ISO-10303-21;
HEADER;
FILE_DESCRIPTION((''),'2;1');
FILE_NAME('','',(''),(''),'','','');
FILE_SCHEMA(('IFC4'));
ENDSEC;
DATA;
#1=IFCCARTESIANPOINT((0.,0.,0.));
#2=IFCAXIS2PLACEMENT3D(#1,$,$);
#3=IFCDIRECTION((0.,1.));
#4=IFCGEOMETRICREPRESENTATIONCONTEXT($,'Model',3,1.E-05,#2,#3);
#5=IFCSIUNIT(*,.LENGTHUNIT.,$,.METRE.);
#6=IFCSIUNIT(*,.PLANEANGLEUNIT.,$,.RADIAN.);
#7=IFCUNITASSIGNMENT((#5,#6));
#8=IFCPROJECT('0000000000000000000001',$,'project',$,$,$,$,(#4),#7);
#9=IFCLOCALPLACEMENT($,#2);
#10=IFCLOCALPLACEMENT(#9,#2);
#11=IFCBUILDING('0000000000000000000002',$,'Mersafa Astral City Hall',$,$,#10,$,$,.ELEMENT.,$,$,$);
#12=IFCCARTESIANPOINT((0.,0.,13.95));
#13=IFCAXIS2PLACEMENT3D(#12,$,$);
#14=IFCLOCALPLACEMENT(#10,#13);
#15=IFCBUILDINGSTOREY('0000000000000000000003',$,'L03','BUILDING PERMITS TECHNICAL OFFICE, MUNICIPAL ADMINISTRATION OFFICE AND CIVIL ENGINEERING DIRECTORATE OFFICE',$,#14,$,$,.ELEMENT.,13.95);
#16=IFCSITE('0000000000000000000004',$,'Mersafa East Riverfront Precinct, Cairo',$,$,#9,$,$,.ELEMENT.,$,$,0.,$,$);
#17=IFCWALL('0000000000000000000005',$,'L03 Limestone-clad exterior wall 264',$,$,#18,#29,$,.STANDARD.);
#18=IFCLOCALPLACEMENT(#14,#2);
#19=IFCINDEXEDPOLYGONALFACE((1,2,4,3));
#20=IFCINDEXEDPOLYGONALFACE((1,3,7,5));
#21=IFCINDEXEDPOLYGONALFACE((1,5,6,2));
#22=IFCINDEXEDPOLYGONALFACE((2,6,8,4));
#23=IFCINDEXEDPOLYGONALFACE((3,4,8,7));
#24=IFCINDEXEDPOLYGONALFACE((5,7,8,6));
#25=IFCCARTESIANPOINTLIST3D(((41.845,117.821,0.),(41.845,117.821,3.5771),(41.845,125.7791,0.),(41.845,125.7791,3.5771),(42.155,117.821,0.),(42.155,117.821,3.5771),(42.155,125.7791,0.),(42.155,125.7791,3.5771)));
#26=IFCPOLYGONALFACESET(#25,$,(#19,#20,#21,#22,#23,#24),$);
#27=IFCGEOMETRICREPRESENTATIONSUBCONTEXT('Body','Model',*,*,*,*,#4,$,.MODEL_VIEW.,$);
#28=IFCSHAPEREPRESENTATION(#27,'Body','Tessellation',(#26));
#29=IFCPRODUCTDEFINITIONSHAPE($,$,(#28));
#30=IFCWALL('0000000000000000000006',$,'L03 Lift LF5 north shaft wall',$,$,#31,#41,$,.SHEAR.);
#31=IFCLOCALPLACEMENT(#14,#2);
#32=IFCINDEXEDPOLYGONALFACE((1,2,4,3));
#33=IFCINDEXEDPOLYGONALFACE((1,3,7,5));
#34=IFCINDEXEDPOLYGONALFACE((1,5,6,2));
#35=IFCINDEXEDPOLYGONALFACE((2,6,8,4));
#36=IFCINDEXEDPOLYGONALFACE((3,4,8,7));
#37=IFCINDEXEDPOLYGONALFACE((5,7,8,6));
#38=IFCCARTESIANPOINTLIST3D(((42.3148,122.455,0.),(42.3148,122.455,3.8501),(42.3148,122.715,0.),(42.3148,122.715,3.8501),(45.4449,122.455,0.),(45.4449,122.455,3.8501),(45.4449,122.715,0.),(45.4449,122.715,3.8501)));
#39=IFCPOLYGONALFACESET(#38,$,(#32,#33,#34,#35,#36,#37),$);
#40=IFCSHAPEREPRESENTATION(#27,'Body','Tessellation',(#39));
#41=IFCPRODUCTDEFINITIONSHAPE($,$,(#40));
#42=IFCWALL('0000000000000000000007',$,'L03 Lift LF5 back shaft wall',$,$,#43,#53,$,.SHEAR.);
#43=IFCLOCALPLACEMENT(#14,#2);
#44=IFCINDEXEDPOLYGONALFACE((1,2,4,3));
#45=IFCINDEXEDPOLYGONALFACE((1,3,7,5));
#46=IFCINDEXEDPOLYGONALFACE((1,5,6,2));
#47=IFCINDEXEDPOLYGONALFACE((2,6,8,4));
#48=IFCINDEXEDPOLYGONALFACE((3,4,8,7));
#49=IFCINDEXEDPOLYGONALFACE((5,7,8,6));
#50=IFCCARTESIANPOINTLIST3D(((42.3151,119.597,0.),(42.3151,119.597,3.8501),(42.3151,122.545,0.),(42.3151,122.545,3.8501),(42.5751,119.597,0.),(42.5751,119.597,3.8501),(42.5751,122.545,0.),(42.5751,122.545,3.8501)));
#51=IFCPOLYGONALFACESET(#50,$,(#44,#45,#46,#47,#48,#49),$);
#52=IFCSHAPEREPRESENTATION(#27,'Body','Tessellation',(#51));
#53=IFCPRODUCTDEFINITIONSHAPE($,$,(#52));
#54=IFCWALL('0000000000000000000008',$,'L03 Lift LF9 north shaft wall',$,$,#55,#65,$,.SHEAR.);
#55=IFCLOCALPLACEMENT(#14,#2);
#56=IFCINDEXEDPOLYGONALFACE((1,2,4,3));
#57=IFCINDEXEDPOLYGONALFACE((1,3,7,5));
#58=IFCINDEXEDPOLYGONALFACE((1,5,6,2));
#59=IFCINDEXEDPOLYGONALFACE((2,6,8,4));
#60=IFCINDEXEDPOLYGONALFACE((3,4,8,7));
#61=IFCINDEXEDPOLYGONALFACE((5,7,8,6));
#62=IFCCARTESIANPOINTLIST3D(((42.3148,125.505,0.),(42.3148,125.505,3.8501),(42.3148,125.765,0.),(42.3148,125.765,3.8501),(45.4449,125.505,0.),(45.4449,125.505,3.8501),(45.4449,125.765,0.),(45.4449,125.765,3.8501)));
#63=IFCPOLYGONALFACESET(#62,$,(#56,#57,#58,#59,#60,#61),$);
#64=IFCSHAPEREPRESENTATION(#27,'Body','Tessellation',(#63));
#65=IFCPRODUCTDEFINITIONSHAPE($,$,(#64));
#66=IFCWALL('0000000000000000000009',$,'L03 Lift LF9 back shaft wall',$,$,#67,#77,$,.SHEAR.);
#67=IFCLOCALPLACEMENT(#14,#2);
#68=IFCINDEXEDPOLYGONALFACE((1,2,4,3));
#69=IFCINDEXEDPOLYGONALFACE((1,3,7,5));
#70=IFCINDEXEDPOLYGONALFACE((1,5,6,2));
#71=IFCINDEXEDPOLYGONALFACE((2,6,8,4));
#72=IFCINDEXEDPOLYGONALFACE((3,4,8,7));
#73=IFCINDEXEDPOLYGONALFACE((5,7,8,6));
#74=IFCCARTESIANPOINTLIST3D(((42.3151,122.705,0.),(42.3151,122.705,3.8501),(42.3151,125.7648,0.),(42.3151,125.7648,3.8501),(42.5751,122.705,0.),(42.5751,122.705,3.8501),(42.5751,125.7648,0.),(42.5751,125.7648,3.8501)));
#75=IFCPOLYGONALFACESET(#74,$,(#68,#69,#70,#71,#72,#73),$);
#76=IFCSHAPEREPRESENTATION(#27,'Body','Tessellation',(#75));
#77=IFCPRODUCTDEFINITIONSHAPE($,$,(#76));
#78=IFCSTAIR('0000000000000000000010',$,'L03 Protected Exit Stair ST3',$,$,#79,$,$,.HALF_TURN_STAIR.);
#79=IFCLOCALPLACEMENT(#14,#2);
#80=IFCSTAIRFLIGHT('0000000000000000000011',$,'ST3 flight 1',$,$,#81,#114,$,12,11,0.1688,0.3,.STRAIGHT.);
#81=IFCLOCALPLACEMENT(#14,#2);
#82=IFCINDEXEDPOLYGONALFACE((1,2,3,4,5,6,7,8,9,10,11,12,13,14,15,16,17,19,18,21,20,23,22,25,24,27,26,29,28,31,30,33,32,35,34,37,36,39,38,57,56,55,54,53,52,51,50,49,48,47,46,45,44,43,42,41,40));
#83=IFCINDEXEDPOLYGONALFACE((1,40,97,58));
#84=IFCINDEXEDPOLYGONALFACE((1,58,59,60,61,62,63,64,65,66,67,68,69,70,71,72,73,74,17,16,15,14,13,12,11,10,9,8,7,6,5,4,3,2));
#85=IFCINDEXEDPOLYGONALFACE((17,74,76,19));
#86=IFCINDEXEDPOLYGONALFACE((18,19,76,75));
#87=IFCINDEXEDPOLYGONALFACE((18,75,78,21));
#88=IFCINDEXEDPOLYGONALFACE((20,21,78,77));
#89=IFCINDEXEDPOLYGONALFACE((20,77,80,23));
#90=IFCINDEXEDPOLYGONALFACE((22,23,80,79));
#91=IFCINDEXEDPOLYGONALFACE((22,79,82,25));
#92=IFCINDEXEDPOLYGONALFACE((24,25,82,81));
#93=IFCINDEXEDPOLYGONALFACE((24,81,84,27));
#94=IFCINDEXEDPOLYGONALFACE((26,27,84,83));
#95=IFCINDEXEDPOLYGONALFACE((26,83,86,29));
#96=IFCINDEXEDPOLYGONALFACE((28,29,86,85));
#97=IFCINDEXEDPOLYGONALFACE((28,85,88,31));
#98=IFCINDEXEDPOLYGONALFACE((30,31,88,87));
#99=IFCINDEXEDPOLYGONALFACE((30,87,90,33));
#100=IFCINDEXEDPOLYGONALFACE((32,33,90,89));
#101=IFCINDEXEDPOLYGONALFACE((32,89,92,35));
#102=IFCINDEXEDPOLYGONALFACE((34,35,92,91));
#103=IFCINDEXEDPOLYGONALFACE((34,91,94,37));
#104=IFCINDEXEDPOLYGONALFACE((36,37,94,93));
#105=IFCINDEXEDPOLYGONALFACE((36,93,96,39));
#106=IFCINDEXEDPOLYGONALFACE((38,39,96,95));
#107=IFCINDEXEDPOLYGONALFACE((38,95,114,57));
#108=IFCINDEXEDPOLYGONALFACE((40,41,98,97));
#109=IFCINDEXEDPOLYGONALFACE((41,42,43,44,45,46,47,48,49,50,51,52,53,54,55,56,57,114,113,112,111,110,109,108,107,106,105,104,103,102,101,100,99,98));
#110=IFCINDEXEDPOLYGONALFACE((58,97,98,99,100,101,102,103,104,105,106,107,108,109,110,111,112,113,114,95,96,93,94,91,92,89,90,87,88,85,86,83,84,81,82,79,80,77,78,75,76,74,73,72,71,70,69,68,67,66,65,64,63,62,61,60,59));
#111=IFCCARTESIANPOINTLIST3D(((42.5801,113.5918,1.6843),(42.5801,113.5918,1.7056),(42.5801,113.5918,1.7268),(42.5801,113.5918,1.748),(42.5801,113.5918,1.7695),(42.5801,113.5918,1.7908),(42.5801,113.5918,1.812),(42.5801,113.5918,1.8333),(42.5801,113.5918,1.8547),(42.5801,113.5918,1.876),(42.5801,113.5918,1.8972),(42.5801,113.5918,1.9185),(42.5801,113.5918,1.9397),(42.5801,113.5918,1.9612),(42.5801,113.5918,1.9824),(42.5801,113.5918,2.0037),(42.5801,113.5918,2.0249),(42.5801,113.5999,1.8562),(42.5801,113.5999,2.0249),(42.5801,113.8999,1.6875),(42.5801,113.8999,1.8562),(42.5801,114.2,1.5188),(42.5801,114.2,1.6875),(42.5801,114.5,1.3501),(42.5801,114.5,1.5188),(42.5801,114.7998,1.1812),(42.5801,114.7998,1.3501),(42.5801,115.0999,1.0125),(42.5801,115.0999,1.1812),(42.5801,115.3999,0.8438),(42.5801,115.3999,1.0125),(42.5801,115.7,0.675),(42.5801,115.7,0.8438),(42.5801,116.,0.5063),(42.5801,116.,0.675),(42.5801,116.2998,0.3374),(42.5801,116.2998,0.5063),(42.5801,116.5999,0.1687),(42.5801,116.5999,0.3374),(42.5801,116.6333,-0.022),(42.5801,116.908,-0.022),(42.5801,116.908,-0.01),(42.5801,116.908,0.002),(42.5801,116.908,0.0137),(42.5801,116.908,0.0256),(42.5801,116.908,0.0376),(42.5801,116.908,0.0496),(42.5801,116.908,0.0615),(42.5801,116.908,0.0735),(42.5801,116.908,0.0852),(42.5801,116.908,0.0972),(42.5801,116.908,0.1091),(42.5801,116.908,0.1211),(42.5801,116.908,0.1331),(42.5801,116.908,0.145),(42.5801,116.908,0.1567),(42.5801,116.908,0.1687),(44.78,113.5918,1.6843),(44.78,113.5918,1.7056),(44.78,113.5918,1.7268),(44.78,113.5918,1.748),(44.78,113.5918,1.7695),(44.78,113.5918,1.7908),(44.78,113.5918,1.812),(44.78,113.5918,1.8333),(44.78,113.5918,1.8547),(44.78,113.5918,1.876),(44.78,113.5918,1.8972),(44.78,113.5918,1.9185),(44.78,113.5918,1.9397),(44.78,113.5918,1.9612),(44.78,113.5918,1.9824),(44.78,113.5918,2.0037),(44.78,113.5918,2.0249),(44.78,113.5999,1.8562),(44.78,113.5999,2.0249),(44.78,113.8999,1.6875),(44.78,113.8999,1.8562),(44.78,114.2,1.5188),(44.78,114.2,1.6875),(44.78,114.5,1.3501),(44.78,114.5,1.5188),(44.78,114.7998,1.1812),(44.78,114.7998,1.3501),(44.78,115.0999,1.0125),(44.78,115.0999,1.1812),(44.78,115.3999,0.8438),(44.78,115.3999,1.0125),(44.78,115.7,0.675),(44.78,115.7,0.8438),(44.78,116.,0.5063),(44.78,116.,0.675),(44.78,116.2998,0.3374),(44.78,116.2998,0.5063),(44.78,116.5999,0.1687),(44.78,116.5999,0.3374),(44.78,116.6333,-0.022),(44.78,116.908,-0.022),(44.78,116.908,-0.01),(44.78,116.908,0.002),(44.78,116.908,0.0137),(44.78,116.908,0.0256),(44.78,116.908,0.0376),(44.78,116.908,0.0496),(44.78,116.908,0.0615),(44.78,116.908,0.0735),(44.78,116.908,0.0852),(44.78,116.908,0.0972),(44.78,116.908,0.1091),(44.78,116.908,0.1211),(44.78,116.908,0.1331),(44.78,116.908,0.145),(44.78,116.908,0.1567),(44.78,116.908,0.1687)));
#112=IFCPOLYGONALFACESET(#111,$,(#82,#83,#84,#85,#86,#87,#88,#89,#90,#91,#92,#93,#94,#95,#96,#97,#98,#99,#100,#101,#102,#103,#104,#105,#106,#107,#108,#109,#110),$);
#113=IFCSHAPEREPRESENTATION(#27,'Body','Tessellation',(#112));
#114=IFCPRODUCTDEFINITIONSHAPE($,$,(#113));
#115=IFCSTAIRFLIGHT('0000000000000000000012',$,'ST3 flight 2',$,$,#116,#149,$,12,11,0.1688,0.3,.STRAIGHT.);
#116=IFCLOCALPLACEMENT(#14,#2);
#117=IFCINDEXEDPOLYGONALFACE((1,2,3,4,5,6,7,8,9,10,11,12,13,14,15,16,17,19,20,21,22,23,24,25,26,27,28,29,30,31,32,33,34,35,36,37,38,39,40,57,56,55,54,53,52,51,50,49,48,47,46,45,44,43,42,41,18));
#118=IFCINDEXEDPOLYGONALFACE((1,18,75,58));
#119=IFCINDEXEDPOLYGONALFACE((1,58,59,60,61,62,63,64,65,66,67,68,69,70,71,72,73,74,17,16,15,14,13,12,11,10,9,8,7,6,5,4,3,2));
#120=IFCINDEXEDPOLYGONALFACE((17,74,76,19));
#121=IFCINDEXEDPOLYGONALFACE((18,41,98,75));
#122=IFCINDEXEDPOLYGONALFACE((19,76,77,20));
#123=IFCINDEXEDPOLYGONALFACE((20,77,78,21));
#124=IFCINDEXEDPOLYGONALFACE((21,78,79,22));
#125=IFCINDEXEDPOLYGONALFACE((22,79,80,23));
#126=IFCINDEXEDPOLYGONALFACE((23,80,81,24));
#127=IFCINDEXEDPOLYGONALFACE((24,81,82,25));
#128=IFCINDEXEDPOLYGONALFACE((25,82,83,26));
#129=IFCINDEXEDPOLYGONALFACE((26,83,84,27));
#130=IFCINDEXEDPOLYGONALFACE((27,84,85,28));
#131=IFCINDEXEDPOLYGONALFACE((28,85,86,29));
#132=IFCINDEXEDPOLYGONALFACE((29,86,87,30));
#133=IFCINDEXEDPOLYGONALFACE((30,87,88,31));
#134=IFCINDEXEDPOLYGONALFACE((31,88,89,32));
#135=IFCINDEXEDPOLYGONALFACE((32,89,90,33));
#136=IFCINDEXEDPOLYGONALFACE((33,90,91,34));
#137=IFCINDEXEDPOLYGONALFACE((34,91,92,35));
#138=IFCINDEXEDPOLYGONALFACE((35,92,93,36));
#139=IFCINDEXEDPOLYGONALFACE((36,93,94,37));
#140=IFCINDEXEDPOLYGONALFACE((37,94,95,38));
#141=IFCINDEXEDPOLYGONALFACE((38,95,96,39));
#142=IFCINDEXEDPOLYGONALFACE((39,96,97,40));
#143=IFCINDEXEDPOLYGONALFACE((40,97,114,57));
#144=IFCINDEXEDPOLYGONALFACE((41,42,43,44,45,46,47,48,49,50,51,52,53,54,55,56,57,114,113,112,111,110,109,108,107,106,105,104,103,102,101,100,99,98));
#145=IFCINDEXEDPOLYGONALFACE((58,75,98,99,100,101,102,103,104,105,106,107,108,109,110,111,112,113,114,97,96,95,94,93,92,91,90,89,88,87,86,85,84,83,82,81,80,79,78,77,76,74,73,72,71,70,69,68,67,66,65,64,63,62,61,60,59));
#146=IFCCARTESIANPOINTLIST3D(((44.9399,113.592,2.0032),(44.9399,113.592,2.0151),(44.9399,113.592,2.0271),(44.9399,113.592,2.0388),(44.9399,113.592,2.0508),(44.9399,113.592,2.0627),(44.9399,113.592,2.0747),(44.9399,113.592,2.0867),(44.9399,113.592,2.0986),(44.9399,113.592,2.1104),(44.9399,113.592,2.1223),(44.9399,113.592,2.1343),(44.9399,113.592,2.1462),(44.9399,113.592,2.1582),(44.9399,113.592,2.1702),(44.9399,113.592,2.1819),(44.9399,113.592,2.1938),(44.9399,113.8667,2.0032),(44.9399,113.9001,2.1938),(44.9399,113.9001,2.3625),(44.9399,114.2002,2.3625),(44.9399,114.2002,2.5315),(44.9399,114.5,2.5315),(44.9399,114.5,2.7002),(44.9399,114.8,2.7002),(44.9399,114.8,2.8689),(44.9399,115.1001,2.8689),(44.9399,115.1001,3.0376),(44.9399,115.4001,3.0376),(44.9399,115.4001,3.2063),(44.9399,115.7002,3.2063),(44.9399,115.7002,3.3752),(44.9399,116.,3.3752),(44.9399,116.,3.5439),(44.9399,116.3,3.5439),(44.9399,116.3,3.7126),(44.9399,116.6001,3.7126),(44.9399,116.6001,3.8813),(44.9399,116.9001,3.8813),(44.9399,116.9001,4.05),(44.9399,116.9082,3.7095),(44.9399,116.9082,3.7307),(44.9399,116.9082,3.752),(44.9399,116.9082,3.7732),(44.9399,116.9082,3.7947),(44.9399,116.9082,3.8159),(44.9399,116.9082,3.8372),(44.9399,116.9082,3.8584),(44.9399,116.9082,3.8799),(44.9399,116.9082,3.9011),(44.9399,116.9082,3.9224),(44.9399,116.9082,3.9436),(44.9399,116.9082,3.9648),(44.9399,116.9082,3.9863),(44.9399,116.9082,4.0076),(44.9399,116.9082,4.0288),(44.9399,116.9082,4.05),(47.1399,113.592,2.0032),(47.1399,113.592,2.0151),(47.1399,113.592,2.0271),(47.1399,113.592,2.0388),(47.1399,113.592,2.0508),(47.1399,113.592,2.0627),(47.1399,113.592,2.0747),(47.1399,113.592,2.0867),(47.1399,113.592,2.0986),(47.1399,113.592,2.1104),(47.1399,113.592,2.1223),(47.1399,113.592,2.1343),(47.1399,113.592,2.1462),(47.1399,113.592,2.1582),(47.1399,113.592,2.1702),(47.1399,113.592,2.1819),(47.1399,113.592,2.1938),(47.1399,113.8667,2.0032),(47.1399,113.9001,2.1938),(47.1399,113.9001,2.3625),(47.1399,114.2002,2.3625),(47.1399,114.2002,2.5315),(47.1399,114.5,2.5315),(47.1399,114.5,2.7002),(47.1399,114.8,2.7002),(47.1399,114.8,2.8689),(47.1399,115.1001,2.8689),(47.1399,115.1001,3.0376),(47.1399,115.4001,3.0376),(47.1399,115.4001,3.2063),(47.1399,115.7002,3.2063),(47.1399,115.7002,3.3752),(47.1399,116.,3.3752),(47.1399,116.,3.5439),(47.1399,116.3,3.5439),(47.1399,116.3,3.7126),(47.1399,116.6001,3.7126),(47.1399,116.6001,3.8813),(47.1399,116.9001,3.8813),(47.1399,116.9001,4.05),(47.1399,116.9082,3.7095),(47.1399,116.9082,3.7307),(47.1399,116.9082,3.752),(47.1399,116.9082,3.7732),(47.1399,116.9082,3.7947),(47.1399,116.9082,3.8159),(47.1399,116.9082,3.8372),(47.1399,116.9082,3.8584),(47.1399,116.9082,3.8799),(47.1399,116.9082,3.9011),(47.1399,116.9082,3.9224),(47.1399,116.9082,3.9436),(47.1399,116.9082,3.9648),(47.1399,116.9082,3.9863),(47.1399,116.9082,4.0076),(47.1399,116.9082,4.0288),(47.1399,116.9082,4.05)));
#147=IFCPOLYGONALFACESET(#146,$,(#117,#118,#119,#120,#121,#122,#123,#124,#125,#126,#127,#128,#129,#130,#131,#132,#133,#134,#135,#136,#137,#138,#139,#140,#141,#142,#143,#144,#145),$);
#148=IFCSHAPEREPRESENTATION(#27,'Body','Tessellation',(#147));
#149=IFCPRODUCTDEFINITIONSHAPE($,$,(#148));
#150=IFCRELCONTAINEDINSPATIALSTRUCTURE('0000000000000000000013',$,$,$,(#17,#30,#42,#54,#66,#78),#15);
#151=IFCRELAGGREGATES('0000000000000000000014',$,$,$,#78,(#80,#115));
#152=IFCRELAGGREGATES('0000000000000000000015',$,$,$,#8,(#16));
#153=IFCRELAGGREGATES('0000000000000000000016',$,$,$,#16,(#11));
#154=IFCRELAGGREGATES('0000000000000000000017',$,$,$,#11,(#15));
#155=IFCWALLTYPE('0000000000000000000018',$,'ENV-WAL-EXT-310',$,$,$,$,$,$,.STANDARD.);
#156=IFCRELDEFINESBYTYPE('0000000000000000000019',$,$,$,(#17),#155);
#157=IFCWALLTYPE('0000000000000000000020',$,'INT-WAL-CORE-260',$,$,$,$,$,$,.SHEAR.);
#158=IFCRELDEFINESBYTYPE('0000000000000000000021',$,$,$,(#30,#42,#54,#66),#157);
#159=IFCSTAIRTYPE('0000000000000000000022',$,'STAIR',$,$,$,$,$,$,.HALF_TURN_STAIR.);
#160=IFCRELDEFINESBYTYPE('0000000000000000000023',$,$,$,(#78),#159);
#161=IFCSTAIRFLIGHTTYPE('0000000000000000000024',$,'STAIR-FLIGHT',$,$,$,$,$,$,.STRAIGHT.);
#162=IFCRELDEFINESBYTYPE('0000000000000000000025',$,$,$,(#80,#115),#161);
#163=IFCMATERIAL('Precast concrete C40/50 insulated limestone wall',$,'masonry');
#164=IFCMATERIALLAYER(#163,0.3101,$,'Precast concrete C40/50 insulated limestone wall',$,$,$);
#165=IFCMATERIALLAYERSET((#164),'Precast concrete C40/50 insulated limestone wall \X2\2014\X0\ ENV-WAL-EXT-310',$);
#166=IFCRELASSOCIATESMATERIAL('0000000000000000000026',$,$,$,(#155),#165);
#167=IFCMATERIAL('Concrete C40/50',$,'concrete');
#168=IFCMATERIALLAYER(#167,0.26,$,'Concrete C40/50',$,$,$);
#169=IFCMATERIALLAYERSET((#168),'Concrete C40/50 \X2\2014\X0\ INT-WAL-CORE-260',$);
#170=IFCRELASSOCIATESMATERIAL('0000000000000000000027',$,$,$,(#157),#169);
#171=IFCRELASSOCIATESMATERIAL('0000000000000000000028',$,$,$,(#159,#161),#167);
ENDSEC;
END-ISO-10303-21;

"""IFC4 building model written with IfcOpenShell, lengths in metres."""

from ifc_helpers import new_model, si_unit, direction, frame, frame_2d, origin, place, context, subcontext, project, spatial, polyline, rectangle, outline, extrude, material, layer, layer_set, type_object, element, aggregate, save


model = new_model("IFC4")

# Units and contexts
model_context = context("Model", 3, precision=1e-05, world=origin(), true_north=direction((0.0, 1.0)))
body_context = subcontext(model_context, "Body", "Model", "MODEL_VIEW")
ifc_project = project(units=[si_unit("LENGTHUNIT", "METRE"), si_unit("PLANEANGLEUNIT", "RADIAN")], contexts=[model_context])

# Site, building, storey
site_placement = place(None, origin())
site = spatial("IfcSite", under=ifc_project, at=site_placement, Name="Mersafa East Riverfront Precinct, Cairo", CompositionType="ELEMENT", RefElevation=0.0)
building_placement = place(site_placement, origin())
building = spatial("IfcBuilding", under=site, at=building_placement, Name="Mersafa Astral City Hall", CompositionType="ELEMENT")
storey_placement = place(building_placement, frame((0.0, 0.0, 13.95)))
storey = spatial("IfcBuildingStorey", under=building, at=storey_placement, Name="L03", Description="BUILDING PERMITS TECHNICAL OFFICE, MUNICIPAL ADMINISTRATION OFFICE AND CIVIL ENGINEERING DIRECTORATE OFFICE", CompositionType="ELEMENT", Elevation=13.95)

# Walls
ifc_material_1 = material(Name="Precast concrete C40/50 insulated limestone wall", Category="masonry")
ifc_layer_1 = layer(ifc_material_1, 0.3101, Name="Precast concrete C40/50 insulated limestone wall")
ifc_layer_set_1 = layer_set([ifc_layer_1], Name="Precast concrete C40/50 insulated limestone wall — ENV-WAL-EXT-310")
wall_type_1 = type_object("IfcWallType", Name="ENV-WAL-EXT-310", PredefinedType="STANDARD", material=ifc_layer_set_1)
wall_1_placement = place(storey_placement, frame((42.0, 125.7791, 0.0), z_axis=(0.0, 0.0, 1.0), x_axis=(0.0, -1.0, 0.0)))
element("IfcWall", 1, at=wall_1_placement, inside=storey, type_object=wall_type_1, Name="L03 Limestone-clad exterior wall 264", PredefinedType="STANDARD", context=body_context, shape_type="SweptSolid", body=[
    extrude(rectangle(XDim=7.958, YDim=0.3101, at=frame_2d((3.979, 0.0))), origin(), (0.0, 0.0, 1.0), 3.5771),
])
ifc_material_2 = material(Name="Concrete C40/50", Category="concrete")
ifc_layer_2 = layer(ifc_material_2, 0.26, Name="Concrete C40/50")
ifc_layer_set_2 = layer_set([ifc_layer_2], Name="Concrete C40/50 — INT-WAL-CORE-260")
wall_type_2 = type_object("IfcWallType", Name="INT-WAL-CORE-260", PredefinedType="SHEAR", material=ifc_layer_set_2)
wall_2_placement = place(storey_placement, frame((42.3149, 122.585, 0.0), z_axis=(0.0, 0.0, 1.0), x_axis=(1.0, 0.0, 0.0)))
element("IfcWall", 2, at=wall_2_placement, inside=storey, type_object=wall_type_2, Name="L03 Lift LF5 north shaft wall", PredefinedType="SHEAR", context=body_context, shape_type="SweptSolid", body=[
    extrude(rectangle(XDim=3.1301, YDim=0.26, at=frame_2d((1.5649, 0.0))), origin(), (0.0, 0.0, 1.0), 3.8501),
])
wall_3_placement = place(storey_placement, frame((42.4451, 119.5969, 0.0), z_axis=(0.0, 0.0, 1.0), x_axis=(0.0, 1.0, 0.0)))
element("IfcWall", 3, at=wall_3_placement, inside=storey, type_object=wall_type_2, Name="L03 Lift LF5 back shaft wall", PredefinedType="SHEAR", context=body_context, shape_type="SweptSolid", body=[
    extrude(rectangle(XDim=2.948, YDim=0.26, at=frame_2d((1.4741, 0.0))), origin(), (0.0, 0.0, 1.0), 3.8501),
])

# Walls
wall_4_placement = place(storey_placement, frame((42.3149, 125.635, 0.0), z_axis=(0.0, 0.0, 1.0), x_axis=(1.0, 0.0, 0.0)))
element("IfcWall", 4, at=wall_4_placement, inside=storey, type_object=wall_type_2, Name="L03 Lift LF9 north shaft wall", PredefinedType="SHEAR", context=body_context, shape_type="SweptSolid", body=[
    extrude(rectangle(XDim=3.1301, YDim=0.26, at=frame_2d((1.5649, 0.0))), origin(), (0.0, 0.0, 1.0), 3.8501),
])
wall_5_placement = place(storey_placement, frame((42.4451, 122.7051, 0.0), z_axis=(0.0, 0.0, 1.0), x_axis=(0.0, 1.0, 0.0)))
element("IfcWall", 5, at=wall_5_placement, inside=storey, type_object=wall_type_2, Name="L03 Lift LF9 back shaft wall", PredefinedType="SHEAR", context=body_context, shape_type="SweptSolid", body=[
    extrude(rectangle(XDim=3.0598, YDim=0.26, at=frame_2d((1.5298, 0.0))), origin(), (0.0, 0.0, 1.0), 3.8501),
])

# Stair, stair flights
stair_type = type_object("IfcStairType", Name="STAIR", PredefinedType="HALF_TURN_STAIR", material=ifc_material_2)
stair_placement = place(storey_placement, origin())
stair = element("IfcStair", 6, at=stair_placement, inside=storey, type_object=stair_type, Name="L03 Protected Exit Stair ST3", PredefinedType="HALF_TURN_STAIR")
stair_flight_type = type_object("IfcStairFlightType", Name="STAIR-FLIGHT", PredefinedType="STRAIGHT", material=ifc_material_2)
stair_flight_1_placement = place(storey_placement, frame((43.6799, 116.8999, 0.0), z_axis=(0.0, 0.0, 1.0), x_axis=(0.0, -1.0, 0.0)))
stair_flight_1 = element("IfcStairFlight", 7, at=stair_flight_1_placement, type_object=stair_flight_type, Name="ST3 flight 1", NumberOfRisers=12, NumberOfTreads=11, PredefinedType="STRAIGHT", RiserHeight=0.1688, TreadLength=0.3, context=body_context, shape_type="SweptSolid", body=[
    extrude(outline(polyline([(-0.0081, -0.022), (-0.0081, -0.01), (-0.0081, 0.002), (-0.0081, 0.0137), (-0.0081, 0.0256), (-0.0081, 0.0376), (-0.0081, 0.0496), (-0.0081, 0.0615), (-0.0081, 0.0735), (-0.0081, 0.0852), (-0.0081, 0.0972), (-0.0081, 0.1091), (-0.0081, 0.1211), (-0.0081, 0.1331), (-0.0081, 0.145), (-0.0081, 0.1567), (-0.0081, 0.1687), (0.3, 0.1687), (0.3, 0.3374), (0.6001, 0.3374), (0.6001, 0.5063), (0.8999, 0.5063), (0.8999, 0.675), (1.2, 0.675), (1.2, 0.8438), (1.5, 0.8438), (1.5, 1.0125), (1.8, 1.0125), (1.8, 1.1812), (2.1001, 1.1812), (2.1001, 1.3501), (2.3999, 1.3501), (2.3999, 1.5188), (2.7, 1.5188), (2.7, 1.6875), (3.0, 1.6875), (3.0, 1.8562), (3.3, 1.8562), (3.3, 2.0249), (3.3081, 2.0249), (3.3081, 2.0037), (3.3081, 1.9824), (3.3081, 1.9612), (3.3081, 1.9397), (3.3081, 1.9185), (3.3081, 1.8972), (3.3081, 1.876), (3.3081, 1.8547), (3.3081, 1.8333), (3.3081, 1.812), (3.3081, 1.7908), (3.3081, 1.7695), (3.3081, 1.748), (3.3081, 1.7268), (3.3081, 1.7056), (3.3081, 1.6843), (0.2666, -0.022), (-0.0081, -0.022)])), frame((0.0, 1.1001, 0.0), z_axis=(0.0, -1.0, 0.0), x_axis=(1.0, 0.0, 0.0)), (0.0, 0.0, 1.0), 2.2),
])
stair_flight_2_placement = place(storey_placement, frame((46.04, 113.6001, 2.0251), z_axis=(0.0, 0.0, 1.0), x_axis=(0.0, 1.0, 0.0)))
stair_flight_2 = element("IfcStairFlight", 8, at=stair_flight_2_placement, type_object=stair_flight_type, Name="ST3 flight 2", NumberOfRisers=12, NumberOfTreads=11, PredefinedType="STRAIGHT", RiserHeight=0.1688, TreadLength=0.3, context=body_context, shape_type="SweptSolid", body=[
    extrude(outline(polyline([(-0.0081, -0.022), (-0.0081, -0.01), (-0.0081, 0.002), (-0.0081, 0.0137), (-0.0081, 0.0256), (-0.0081, 0.0376), (-0.0081, 0.0496), (-0.0081, 0.0615), (-0.0081, 0.0735), (-0.0081, 0.0852), (-0.0081, 0.0972), (-0.0081, 0.1091), (-0.0081, 0.1211), (-0.0081, 0.1331), (-0.0081, 0.145), (-0.0081, 0.1567), (-0.0081, 0.1687), (0.3, 0.1687), (0.3, 0.3374), (0.6001, 0.3374), (0.6001, 0.5063), (0.8999, 0.5063), (0.8999, 0.675), (1.2, 0.675), (1.2, 0.8438), (1.5, 0.8438), (1.5, 1.0125), (1.8, 1.0125), (1.8, 1.1812), (2.1001, 1.1812), (2.1001, 1.3501), (2.3999, 1.3501), (2.3999, 1.5188), (2.7, 1.5188), (2.7, 1.6875), (3.0, 1.6875), (3.0, 1.8562), (3.3, 1.8562), (3.3, 2.0249), (3.3081, 2.0249), (3.3081, 2.0037), (3.3081, 1.9824), (3.3081, 1.9612), (3.3081, 1.9397), (3.3081, 1.9185), (3.3081, 1.8972), (3.3081, 1.876), (3.3081, 1.8547), (3.3081, 1.8333), (3.3081, 1.812), (3.3081, 1.7908), (3.3081, 1.7695), (3.3081, 1.748), (3.3081, 1.7268), (3.3081, 1.7056), (3.3081, 1.6843), (0.2666, -0.022), (-0.0081, -0.022)])), frame((0.0, 1.1001, 0.0), z_axis=(0.0, -1.0, 0.0), x_axis=(1.0, 0.0, 0.0)), (0.0, 0.0, 1.0), 2.2),
])
aggregate(stair, [stair_flight_1, stair_flight_2])

save(model, "model.ifc")
